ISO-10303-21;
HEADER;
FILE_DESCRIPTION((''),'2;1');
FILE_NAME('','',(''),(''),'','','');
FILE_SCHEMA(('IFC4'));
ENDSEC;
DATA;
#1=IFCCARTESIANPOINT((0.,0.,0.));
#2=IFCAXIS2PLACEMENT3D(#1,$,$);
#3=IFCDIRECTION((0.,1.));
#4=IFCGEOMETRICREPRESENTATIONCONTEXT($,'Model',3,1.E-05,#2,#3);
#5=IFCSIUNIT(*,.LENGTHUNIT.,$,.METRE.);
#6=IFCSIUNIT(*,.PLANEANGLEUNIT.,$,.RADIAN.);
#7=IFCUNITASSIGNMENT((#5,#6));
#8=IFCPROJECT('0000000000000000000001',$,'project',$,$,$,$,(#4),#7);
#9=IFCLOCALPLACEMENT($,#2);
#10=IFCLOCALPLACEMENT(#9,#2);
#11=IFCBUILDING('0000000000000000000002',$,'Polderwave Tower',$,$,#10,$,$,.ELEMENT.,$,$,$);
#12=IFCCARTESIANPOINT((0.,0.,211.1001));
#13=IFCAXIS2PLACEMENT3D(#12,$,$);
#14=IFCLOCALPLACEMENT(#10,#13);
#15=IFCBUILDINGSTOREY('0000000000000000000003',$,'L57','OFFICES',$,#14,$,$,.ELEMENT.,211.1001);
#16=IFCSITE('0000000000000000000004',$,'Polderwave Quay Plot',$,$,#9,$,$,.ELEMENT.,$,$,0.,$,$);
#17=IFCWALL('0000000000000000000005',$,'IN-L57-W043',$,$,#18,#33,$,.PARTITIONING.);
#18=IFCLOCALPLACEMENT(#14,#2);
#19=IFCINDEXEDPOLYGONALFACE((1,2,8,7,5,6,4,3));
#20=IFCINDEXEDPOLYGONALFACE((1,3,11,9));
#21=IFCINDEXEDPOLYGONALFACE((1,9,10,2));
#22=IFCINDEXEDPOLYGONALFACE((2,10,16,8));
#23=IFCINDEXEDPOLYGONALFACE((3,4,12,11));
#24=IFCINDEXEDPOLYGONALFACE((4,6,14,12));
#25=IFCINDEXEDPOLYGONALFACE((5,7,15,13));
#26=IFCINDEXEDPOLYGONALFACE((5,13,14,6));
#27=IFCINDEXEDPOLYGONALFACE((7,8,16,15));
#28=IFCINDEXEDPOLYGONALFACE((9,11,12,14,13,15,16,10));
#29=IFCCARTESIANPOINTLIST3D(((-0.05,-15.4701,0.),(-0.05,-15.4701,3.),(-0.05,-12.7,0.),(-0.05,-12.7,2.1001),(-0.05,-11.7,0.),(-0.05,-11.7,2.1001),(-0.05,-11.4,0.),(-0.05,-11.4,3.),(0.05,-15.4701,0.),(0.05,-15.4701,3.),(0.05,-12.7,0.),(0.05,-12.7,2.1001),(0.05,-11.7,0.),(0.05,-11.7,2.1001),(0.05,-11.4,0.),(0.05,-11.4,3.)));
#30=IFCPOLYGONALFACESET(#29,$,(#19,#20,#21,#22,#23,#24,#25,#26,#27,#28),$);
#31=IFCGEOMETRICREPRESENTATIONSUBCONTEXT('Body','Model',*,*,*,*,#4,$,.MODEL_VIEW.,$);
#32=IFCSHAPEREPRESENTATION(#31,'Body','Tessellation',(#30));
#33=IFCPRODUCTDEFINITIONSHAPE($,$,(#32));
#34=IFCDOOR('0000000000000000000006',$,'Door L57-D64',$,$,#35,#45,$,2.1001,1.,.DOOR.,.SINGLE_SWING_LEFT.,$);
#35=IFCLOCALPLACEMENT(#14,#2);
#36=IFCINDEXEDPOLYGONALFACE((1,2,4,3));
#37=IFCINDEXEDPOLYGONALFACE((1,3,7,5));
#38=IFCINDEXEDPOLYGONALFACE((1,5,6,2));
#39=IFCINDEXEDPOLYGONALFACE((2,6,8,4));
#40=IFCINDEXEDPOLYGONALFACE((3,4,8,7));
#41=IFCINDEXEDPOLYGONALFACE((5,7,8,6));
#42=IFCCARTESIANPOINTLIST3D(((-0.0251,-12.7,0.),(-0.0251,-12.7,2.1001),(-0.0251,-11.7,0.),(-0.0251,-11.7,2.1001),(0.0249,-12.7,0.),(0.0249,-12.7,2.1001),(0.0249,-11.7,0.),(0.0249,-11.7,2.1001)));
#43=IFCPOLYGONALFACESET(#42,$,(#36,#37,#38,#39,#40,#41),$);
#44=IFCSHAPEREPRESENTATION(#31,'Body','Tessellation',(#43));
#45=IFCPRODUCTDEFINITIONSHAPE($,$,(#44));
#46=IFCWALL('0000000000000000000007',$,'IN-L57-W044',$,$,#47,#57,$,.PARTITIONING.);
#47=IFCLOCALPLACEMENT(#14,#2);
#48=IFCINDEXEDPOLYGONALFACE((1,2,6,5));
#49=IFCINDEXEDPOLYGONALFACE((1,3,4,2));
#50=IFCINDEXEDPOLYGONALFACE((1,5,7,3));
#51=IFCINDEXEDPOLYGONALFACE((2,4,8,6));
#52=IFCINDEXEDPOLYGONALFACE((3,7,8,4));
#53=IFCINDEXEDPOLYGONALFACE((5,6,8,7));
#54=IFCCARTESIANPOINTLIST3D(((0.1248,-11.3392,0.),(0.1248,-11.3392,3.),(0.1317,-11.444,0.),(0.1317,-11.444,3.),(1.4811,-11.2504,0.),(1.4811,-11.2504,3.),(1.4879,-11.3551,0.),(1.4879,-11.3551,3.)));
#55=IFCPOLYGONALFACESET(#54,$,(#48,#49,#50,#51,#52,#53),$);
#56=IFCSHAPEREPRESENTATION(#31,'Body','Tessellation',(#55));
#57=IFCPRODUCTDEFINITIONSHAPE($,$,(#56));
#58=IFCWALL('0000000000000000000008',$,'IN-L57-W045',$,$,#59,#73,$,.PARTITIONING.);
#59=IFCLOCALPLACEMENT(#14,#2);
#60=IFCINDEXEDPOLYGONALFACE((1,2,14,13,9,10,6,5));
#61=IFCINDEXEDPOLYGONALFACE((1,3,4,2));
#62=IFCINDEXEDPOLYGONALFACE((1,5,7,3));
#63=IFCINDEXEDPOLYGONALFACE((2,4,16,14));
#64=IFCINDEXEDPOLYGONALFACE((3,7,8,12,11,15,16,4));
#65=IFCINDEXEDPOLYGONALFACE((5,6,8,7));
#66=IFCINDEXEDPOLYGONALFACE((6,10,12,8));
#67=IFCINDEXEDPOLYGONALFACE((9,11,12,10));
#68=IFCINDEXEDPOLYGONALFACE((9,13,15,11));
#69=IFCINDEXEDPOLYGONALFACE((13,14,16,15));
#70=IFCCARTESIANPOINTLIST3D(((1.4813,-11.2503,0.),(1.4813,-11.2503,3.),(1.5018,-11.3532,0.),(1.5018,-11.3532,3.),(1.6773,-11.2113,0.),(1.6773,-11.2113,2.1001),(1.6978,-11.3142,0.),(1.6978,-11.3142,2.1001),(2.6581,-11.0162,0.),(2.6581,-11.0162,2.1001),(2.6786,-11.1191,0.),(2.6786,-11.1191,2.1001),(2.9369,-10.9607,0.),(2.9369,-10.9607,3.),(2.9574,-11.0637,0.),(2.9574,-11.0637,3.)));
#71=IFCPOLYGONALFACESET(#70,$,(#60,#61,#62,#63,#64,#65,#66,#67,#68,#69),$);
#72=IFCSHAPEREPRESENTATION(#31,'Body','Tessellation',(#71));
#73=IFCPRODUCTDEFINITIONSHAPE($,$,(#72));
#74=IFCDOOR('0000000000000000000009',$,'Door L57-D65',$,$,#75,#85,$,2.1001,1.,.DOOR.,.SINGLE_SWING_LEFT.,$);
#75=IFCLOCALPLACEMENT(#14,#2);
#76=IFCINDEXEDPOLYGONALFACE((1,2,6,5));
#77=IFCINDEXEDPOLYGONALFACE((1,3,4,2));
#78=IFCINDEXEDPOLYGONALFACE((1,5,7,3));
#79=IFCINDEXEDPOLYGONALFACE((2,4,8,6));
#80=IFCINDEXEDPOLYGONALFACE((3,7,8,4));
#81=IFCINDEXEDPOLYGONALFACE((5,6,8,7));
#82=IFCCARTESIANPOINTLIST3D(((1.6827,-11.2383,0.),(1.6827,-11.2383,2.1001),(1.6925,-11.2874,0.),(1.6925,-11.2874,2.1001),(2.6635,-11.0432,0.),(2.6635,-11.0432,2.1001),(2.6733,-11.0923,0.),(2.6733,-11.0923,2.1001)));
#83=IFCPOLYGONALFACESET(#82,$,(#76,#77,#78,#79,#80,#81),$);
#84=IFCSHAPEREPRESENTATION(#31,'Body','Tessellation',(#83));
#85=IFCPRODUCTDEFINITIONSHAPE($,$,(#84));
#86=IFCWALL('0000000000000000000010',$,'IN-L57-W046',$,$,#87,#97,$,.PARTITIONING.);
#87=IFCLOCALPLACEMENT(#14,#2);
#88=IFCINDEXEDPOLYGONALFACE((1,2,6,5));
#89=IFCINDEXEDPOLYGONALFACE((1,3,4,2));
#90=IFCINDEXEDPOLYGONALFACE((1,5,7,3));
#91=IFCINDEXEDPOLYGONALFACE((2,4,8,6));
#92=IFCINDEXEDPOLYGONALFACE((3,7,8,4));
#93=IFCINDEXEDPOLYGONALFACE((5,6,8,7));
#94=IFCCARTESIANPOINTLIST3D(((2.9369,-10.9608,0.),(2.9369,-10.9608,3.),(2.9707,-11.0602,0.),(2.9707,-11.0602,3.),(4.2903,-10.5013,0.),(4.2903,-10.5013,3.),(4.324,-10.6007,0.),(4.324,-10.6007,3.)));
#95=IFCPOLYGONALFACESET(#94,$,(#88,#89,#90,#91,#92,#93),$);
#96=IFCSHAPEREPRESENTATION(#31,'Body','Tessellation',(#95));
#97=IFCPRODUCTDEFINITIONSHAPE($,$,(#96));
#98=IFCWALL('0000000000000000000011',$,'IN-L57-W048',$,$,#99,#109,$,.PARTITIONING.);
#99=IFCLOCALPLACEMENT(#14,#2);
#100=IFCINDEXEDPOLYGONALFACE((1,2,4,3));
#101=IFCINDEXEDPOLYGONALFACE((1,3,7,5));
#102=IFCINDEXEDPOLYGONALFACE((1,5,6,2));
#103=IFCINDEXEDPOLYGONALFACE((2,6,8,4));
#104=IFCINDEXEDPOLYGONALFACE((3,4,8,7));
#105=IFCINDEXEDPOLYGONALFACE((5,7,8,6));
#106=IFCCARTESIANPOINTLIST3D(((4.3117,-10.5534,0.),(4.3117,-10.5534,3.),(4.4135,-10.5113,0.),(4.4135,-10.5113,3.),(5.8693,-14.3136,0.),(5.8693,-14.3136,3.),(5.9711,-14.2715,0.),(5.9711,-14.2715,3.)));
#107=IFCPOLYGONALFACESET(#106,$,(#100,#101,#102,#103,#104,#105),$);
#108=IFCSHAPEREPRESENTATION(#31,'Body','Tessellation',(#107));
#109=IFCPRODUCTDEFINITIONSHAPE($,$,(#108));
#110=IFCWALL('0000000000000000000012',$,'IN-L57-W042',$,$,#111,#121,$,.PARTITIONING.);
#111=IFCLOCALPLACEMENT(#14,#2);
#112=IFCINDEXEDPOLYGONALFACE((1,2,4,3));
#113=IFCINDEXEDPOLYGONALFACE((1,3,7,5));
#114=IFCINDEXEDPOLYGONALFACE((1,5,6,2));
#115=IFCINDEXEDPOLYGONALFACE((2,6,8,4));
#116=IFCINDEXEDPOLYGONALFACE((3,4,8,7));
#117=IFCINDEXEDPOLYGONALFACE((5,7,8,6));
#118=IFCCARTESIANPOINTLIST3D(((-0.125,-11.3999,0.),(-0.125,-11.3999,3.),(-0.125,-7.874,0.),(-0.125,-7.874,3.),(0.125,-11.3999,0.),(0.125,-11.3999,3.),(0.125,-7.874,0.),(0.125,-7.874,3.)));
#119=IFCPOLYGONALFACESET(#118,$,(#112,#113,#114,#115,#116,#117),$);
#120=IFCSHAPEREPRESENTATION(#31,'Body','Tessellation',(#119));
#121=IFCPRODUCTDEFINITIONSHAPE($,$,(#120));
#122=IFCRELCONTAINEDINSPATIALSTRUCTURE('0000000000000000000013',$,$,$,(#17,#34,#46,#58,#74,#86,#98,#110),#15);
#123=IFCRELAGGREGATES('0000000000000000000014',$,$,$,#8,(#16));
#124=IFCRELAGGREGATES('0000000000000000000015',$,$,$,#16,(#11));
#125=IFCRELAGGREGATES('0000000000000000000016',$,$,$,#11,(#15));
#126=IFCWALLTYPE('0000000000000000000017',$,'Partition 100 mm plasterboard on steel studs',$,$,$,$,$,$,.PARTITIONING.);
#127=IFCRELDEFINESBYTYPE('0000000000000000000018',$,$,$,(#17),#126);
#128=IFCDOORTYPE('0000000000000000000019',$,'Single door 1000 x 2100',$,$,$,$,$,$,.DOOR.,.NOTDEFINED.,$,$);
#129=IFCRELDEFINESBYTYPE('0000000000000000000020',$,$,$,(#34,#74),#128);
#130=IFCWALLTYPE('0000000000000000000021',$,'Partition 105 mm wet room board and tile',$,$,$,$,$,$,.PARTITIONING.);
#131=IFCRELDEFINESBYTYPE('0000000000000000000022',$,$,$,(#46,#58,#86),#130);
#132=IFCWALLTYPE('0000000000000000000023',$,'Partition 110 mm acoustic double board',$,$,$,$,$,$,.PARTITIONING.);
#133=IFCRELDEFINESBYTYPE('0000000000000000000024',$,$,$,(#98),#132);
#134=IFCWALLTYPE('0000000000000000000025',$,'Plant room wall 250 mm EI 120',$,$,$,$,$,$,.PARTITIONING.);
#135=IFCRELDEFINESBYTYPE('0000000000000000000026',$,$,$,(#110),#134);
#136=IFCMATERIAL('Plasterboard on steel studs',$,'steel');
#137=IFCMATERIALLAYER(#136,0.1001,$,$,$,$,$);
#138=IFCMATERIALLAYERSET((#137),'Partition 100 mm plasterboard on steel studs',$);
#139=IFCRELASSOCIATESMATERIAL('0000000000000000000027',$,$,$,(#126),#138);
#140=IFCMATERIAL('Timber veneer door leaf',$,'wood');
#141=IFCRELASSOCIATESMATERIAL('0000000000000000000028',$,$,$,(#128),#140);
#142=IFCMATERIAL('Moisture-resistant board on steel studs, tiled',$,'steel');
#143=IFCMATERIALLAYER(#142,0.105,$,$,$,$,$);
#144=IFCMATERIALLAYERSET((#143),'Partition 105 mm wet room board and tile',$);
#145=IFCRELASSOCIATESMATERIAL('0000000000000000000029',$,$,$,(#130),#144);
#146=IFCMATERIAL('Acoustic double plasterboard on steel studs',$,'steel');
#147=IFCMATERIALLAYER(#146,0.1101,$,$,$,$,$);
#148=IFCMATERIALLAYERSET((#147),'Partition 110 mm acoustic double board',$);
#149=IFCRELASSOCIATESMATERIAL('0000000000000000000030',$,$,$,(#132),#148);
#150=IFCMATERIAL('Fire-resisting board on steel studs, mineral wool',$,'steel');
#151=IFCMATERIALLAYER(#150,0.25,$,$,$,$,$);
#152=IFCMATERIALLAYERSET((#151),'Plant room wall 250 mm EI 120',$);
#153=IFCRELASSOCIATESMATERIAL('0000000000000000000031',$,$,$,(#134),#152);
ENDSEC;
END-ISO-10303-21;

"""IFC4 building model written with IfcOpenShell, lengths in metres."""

from ifc_helpers import new_model, si_unit, direction, frame, frame_2d, origin, place, context, subcontext, project, spatial, rectangle, extrude, material, layer, layer_set, type_object, element, fill, save


model = new_model("IFC4")

# Units and contexts
model_context = context("Model", 3, precision=1e-05, world=origin(), true_north=direction((0.0, 1.0)))
body_context = subcontext(model_context, "Body", "Model", "MODEL_VIEW")
ifc_project = project(units=[si_unit("LENGTHUNIT", "METRE"), si_unit("PLANEANGLEUNIT", "RADIAN")], contexts=[model_context])

# Site, building, storey
site_placement = place(None, origin())
site = spatial("IfcSite", under=ifc_project, at=site_placement, Name="Polderwave Quay Plot", CompositionType="ELEMENT", RefElevation=0.0)
building_placement = place(site_placement, origin())
building = spatial("IfcBuilding", under=site, at=building_placement, Name="Polderwave Tower", CompositionType="ELEMENT")
storey_placement = place(building_placement, frame((0.0, 0.0, 211.1001)))
storey = spatial("IfcBuildingStorey", under=building, at=storey_placement, Name="L57", Description="OFFICES", CompositionType="ELEMENT", Elevation=211.1001)

# Wall, opening, door
ifc_material_1 = material(Name="Plasterboard on steel studs", Category="steel")
ifc_layer_1 = layer(ifc_material_1, 0.1001)
ifc_layer_set_1 = layer_set([ifc_layer_1], Name="Partition 100 mm plasterboard on steel studs")
wall_type_1 = type_object("IfcWallType", Name="Partition 100 mm plasterboard on steel studs", PredefinedType="PARTITIONING", material=ifc_layer_set_1)
wall_1_placement = place(storey_placement, frame((0.0, -11.3999, 0.0), z_axis=(0.0, 0.0, 1.0), x_axis=(0.0, -1.0, 0.0)))
wall_1 = element("IfcWall", 1, at=wall_1_placement, inside=storey, type_object=wall_type_1, Name="IN-L57-W043", PredefinedType="PARTITIONING", context=body_context, shape_type="SweptSolid", body=[
    extrude(rectangle(XDim=4.0701, YDim=0.1001, at=frame_2d((2.0352, 0.0))), origin(), (0.0, 0.0, 1.0), 3.0),
])
opening_1_placement = place(wall_1_placement, frame((0.3, 0.0, 0.0)))
opening_1 = element("IfcOpeningElement", 2, at=opening_1_placement, cuts=wall_1, PredefinedType="OPENING", context=body_context, shape_type="SweptSolid", body=[
    extrude(rectangle(XDim=1.0, YDim=2.1001, at=frame_2d((0.5, 1.05))), frame((0.0, 0.0601, 0.0), z_axis=(0.0, -1.0, 0.0), x_axis=(1.0, 0.0, 0.0)), (0.0, 0.0, 1.0), 0.1201),
])
ifc_material_2 = material(Name="Timber veneer door leaf", Category="wood")
door_type = type_object("IfcDoorType", Name="Single door 1000 x 2100", OperationType="NOTDEFINED", PredefinedType="DOOR", material=ifc_material_2)
door_1_placement = place(opening_1_placement, origin())
door_1 = element("IfcDoor", 3, at=door_1_placement, inside=storey, type_object=door_type, Name="Door L57-D64", OperationType="SINGLE_SWING_LEFT", OverallHeight=2.1001, OverallWidth=1.0, PredefinedType="DOOR", context=body_context, shape_type="SweptSolid", body=[
    extrude(rectangle(XDim=1.0, YDim=2.1001, at=frame_2d((0.5, 1.05))), frame((0.0, 0.0249, 0.0), z_axis=(0.0, -1.0, 0.0), x_axis=(1.0, 0.0, 0.0)), (0.0, 0.0, 1.0), 0.05),
])
fill(opening_1, door_1)

# Wall
ifc_material_3 = material(Name="Moisture-resistant board on steel studs, tiled", Category="steel")
ifc_layer_2 = layer(ifc_material_3, 0.105)
ifc_layer_set_2 = layer_set([ifc_layer_2], Name="Partition 105 mm wet room board and tile")
wall_type_2 = type_object("IfcWallType", Name="Partition 105 mm wet room board and tile", PredefinedType="PARTITIONING", material=ifc_layer_set_2)
wall_2_placement = place(storey_placement, frame((1.4846, -11.3027, 0.0), z_axis=(0.0, 0.0, 1.0), x_axis=(-0.99786, -0.065386, 0.0)))
element("IfcWall", 4, at=wall_2_placement, inside=storey, type_object=wall_type_2, Name="IN-L57-W044", PredefinedType="PARTITIONING", context=body_context, shape_type="SweptSolid", body=[
    extrude(rectangle(XDim=1.3591, YDim=0.105, at=frame_2d((0.6797, 0.0))), origin(), (0.0, 0.0, 1.0), 3.0),
])

# Wall, opening, door
wall_3_placement = place(storey_placement, frame((1.4915, -11.3018, 0.0), z_axis=(0.0, 0.0, 1.0), x_axis=(0.980783, 0.195104, 0.0)))
wall_3 = element("IfcWall", 5, at=wall_3_placement, inside=storey, type_object=wall_type_2, Name="IN-L57-W045", PredefinedType="PARTITIONING", context=body_context, shape_type="SweptSolid", body=[
    extrude(rectangle(XDim=1.4841, YDim=0.105, at=frame_2d((0.7422, 0.0))), origin(), (0.0, 0.0, 1.0), 3.0),
])
opening_2_placement = place(wall_3_placement, frame((0.2, 0.0, 0.0)))
opening_2 = element("IfcOpeningElement", 6, at=opening_2_placement, cuts=wall_3, PredefinedType="OPENING", context=body_context, shape_type="SweptSolid", body=[
    extrude(rectangle(XDim=1.0, YDim=2.1001, at=frame_2d((0.5, 1.05))), frame((0.0, 0.0625, 0.0), z_axis=(0.0, -1.0, 0.0), x_axis=(1.0, 0.0, 0.0)), (0.0, 0.0, 1.0), 0.125),
])
door_2_placement = place(opening_2_placement, origin())
door_2 = element("IfcDoor", 7, at=door_2_placement, inside=storey, type_object=door_type, Name="Door L57-D65", OperationType="SINGLE_SWING_LEFT", OverallHeight=2.1001, OverallWidth=1.0, PredefinedType="DOOR", context=body_context, shape_type="SweptSolid", body=[
    extrude(rectangle(XDim=1.0, YDim=2.1001, at=frame_2d((0.5, 1.05))), frame((0.0, 0.0249, 0.0), z_axis=(0.0, -1.0, 0.0), x_axis=(1.0, 0.0, 0.0)), (0.0, 0.0, 1.0), 0.05),
])
fill(opening_2, door_2)

# Walls
wall_4_placement = place(storey_placement, frame((4.3071, -10.551, 0.0), z_axis=(0.0, 0.0, 1.0), x_axis=(-0.946909, -0.321502, 0.0)))
element("IfcWall", 8, at=wall_4_placement, inside=storey, type_object=wall_type_2, Name="IN-L57-W046", PredefinedType="PARTITIONING", context=body_context, shape_type="SweptSolid", body=[
    extrude(rectangle(XDim=1.4292, YDim=0.105, at=frame_2d((0.7146, 0.0))), origin(), (0.0, 0.0, 1.0), 3.0),
])
ifc_material_4 = material(Name="Acoustic double plasterboard on steel studs", Category="steel")
ifc_layer_3 = layer(ifc_material_4, 0.1101)
ifc_layer_set_3 = layer_set([ifc_layer_3], Name="Partition 110 mm acoustic double board")
wall_type_3 = type_object("IfcWallType", Name="Partition 110 mm acoustic double board", PredefinedType="PARTITIONING", material=ifc_layer_set_3)
wall_5_placement = place(storey_placement, frame((4.3625, -10.5322, 0.0), z_axis=(0.0, 0.0, 1.0), x_axis=(0.382698, -0.923874, 0.0)))
element("IfcWall", 9, at=wall_5_placement, inside=storey, type_object=wall_type_3, Name="IN-L57-W048", PredefinedType="PARTITIONING", context=body_context, shape_type="SweptSolid", body=[
    extrude(rectangle(XDim=4.0701, YDim=0.1101, at=frame_2d((2.0352, 0.0))), origin(), (0.0, 0.0, 1.0), 3.0),
])
ifc_material_5 = material(Name="Fire-resisting board on steel studs, mineral wool", Category="steel")
ifc_layer_4 = layer(ifc_material_5, 0.25)
ifc_layer_set_4 = layer_set([ifc_layer_4], Name="Plant room wall 250 mm EI 120")
wall_type_4 = type_object("IfcWallType", Name="Plant room wall 250 mm EI 120", PredefinedType="PARTITIONING", material=ifc_layer_set_4)
wall_6_placement = place(storey_placement, frame((0.0, -7.874, 0.0), z_axis=(0.0, 0.0, 1.0), x_axis=(0.0, -1.0, 0.0)))
element("IfcWall", 10, at=wall_6_placement, inside=storey, type_object=wall_type_4, Name="IN-L57-W042", PredefinedType="PARTITIONING", context=body_context, shape_type="SweptSolid", body=[
    extrude(rectangle(XDim=3.5259, YDim=0.25, at=frame_2d((1.7629, 0.0))), origin(), (0.0, 0.0, 1.0), 3.0),
])

save(model, "model.ifc")
